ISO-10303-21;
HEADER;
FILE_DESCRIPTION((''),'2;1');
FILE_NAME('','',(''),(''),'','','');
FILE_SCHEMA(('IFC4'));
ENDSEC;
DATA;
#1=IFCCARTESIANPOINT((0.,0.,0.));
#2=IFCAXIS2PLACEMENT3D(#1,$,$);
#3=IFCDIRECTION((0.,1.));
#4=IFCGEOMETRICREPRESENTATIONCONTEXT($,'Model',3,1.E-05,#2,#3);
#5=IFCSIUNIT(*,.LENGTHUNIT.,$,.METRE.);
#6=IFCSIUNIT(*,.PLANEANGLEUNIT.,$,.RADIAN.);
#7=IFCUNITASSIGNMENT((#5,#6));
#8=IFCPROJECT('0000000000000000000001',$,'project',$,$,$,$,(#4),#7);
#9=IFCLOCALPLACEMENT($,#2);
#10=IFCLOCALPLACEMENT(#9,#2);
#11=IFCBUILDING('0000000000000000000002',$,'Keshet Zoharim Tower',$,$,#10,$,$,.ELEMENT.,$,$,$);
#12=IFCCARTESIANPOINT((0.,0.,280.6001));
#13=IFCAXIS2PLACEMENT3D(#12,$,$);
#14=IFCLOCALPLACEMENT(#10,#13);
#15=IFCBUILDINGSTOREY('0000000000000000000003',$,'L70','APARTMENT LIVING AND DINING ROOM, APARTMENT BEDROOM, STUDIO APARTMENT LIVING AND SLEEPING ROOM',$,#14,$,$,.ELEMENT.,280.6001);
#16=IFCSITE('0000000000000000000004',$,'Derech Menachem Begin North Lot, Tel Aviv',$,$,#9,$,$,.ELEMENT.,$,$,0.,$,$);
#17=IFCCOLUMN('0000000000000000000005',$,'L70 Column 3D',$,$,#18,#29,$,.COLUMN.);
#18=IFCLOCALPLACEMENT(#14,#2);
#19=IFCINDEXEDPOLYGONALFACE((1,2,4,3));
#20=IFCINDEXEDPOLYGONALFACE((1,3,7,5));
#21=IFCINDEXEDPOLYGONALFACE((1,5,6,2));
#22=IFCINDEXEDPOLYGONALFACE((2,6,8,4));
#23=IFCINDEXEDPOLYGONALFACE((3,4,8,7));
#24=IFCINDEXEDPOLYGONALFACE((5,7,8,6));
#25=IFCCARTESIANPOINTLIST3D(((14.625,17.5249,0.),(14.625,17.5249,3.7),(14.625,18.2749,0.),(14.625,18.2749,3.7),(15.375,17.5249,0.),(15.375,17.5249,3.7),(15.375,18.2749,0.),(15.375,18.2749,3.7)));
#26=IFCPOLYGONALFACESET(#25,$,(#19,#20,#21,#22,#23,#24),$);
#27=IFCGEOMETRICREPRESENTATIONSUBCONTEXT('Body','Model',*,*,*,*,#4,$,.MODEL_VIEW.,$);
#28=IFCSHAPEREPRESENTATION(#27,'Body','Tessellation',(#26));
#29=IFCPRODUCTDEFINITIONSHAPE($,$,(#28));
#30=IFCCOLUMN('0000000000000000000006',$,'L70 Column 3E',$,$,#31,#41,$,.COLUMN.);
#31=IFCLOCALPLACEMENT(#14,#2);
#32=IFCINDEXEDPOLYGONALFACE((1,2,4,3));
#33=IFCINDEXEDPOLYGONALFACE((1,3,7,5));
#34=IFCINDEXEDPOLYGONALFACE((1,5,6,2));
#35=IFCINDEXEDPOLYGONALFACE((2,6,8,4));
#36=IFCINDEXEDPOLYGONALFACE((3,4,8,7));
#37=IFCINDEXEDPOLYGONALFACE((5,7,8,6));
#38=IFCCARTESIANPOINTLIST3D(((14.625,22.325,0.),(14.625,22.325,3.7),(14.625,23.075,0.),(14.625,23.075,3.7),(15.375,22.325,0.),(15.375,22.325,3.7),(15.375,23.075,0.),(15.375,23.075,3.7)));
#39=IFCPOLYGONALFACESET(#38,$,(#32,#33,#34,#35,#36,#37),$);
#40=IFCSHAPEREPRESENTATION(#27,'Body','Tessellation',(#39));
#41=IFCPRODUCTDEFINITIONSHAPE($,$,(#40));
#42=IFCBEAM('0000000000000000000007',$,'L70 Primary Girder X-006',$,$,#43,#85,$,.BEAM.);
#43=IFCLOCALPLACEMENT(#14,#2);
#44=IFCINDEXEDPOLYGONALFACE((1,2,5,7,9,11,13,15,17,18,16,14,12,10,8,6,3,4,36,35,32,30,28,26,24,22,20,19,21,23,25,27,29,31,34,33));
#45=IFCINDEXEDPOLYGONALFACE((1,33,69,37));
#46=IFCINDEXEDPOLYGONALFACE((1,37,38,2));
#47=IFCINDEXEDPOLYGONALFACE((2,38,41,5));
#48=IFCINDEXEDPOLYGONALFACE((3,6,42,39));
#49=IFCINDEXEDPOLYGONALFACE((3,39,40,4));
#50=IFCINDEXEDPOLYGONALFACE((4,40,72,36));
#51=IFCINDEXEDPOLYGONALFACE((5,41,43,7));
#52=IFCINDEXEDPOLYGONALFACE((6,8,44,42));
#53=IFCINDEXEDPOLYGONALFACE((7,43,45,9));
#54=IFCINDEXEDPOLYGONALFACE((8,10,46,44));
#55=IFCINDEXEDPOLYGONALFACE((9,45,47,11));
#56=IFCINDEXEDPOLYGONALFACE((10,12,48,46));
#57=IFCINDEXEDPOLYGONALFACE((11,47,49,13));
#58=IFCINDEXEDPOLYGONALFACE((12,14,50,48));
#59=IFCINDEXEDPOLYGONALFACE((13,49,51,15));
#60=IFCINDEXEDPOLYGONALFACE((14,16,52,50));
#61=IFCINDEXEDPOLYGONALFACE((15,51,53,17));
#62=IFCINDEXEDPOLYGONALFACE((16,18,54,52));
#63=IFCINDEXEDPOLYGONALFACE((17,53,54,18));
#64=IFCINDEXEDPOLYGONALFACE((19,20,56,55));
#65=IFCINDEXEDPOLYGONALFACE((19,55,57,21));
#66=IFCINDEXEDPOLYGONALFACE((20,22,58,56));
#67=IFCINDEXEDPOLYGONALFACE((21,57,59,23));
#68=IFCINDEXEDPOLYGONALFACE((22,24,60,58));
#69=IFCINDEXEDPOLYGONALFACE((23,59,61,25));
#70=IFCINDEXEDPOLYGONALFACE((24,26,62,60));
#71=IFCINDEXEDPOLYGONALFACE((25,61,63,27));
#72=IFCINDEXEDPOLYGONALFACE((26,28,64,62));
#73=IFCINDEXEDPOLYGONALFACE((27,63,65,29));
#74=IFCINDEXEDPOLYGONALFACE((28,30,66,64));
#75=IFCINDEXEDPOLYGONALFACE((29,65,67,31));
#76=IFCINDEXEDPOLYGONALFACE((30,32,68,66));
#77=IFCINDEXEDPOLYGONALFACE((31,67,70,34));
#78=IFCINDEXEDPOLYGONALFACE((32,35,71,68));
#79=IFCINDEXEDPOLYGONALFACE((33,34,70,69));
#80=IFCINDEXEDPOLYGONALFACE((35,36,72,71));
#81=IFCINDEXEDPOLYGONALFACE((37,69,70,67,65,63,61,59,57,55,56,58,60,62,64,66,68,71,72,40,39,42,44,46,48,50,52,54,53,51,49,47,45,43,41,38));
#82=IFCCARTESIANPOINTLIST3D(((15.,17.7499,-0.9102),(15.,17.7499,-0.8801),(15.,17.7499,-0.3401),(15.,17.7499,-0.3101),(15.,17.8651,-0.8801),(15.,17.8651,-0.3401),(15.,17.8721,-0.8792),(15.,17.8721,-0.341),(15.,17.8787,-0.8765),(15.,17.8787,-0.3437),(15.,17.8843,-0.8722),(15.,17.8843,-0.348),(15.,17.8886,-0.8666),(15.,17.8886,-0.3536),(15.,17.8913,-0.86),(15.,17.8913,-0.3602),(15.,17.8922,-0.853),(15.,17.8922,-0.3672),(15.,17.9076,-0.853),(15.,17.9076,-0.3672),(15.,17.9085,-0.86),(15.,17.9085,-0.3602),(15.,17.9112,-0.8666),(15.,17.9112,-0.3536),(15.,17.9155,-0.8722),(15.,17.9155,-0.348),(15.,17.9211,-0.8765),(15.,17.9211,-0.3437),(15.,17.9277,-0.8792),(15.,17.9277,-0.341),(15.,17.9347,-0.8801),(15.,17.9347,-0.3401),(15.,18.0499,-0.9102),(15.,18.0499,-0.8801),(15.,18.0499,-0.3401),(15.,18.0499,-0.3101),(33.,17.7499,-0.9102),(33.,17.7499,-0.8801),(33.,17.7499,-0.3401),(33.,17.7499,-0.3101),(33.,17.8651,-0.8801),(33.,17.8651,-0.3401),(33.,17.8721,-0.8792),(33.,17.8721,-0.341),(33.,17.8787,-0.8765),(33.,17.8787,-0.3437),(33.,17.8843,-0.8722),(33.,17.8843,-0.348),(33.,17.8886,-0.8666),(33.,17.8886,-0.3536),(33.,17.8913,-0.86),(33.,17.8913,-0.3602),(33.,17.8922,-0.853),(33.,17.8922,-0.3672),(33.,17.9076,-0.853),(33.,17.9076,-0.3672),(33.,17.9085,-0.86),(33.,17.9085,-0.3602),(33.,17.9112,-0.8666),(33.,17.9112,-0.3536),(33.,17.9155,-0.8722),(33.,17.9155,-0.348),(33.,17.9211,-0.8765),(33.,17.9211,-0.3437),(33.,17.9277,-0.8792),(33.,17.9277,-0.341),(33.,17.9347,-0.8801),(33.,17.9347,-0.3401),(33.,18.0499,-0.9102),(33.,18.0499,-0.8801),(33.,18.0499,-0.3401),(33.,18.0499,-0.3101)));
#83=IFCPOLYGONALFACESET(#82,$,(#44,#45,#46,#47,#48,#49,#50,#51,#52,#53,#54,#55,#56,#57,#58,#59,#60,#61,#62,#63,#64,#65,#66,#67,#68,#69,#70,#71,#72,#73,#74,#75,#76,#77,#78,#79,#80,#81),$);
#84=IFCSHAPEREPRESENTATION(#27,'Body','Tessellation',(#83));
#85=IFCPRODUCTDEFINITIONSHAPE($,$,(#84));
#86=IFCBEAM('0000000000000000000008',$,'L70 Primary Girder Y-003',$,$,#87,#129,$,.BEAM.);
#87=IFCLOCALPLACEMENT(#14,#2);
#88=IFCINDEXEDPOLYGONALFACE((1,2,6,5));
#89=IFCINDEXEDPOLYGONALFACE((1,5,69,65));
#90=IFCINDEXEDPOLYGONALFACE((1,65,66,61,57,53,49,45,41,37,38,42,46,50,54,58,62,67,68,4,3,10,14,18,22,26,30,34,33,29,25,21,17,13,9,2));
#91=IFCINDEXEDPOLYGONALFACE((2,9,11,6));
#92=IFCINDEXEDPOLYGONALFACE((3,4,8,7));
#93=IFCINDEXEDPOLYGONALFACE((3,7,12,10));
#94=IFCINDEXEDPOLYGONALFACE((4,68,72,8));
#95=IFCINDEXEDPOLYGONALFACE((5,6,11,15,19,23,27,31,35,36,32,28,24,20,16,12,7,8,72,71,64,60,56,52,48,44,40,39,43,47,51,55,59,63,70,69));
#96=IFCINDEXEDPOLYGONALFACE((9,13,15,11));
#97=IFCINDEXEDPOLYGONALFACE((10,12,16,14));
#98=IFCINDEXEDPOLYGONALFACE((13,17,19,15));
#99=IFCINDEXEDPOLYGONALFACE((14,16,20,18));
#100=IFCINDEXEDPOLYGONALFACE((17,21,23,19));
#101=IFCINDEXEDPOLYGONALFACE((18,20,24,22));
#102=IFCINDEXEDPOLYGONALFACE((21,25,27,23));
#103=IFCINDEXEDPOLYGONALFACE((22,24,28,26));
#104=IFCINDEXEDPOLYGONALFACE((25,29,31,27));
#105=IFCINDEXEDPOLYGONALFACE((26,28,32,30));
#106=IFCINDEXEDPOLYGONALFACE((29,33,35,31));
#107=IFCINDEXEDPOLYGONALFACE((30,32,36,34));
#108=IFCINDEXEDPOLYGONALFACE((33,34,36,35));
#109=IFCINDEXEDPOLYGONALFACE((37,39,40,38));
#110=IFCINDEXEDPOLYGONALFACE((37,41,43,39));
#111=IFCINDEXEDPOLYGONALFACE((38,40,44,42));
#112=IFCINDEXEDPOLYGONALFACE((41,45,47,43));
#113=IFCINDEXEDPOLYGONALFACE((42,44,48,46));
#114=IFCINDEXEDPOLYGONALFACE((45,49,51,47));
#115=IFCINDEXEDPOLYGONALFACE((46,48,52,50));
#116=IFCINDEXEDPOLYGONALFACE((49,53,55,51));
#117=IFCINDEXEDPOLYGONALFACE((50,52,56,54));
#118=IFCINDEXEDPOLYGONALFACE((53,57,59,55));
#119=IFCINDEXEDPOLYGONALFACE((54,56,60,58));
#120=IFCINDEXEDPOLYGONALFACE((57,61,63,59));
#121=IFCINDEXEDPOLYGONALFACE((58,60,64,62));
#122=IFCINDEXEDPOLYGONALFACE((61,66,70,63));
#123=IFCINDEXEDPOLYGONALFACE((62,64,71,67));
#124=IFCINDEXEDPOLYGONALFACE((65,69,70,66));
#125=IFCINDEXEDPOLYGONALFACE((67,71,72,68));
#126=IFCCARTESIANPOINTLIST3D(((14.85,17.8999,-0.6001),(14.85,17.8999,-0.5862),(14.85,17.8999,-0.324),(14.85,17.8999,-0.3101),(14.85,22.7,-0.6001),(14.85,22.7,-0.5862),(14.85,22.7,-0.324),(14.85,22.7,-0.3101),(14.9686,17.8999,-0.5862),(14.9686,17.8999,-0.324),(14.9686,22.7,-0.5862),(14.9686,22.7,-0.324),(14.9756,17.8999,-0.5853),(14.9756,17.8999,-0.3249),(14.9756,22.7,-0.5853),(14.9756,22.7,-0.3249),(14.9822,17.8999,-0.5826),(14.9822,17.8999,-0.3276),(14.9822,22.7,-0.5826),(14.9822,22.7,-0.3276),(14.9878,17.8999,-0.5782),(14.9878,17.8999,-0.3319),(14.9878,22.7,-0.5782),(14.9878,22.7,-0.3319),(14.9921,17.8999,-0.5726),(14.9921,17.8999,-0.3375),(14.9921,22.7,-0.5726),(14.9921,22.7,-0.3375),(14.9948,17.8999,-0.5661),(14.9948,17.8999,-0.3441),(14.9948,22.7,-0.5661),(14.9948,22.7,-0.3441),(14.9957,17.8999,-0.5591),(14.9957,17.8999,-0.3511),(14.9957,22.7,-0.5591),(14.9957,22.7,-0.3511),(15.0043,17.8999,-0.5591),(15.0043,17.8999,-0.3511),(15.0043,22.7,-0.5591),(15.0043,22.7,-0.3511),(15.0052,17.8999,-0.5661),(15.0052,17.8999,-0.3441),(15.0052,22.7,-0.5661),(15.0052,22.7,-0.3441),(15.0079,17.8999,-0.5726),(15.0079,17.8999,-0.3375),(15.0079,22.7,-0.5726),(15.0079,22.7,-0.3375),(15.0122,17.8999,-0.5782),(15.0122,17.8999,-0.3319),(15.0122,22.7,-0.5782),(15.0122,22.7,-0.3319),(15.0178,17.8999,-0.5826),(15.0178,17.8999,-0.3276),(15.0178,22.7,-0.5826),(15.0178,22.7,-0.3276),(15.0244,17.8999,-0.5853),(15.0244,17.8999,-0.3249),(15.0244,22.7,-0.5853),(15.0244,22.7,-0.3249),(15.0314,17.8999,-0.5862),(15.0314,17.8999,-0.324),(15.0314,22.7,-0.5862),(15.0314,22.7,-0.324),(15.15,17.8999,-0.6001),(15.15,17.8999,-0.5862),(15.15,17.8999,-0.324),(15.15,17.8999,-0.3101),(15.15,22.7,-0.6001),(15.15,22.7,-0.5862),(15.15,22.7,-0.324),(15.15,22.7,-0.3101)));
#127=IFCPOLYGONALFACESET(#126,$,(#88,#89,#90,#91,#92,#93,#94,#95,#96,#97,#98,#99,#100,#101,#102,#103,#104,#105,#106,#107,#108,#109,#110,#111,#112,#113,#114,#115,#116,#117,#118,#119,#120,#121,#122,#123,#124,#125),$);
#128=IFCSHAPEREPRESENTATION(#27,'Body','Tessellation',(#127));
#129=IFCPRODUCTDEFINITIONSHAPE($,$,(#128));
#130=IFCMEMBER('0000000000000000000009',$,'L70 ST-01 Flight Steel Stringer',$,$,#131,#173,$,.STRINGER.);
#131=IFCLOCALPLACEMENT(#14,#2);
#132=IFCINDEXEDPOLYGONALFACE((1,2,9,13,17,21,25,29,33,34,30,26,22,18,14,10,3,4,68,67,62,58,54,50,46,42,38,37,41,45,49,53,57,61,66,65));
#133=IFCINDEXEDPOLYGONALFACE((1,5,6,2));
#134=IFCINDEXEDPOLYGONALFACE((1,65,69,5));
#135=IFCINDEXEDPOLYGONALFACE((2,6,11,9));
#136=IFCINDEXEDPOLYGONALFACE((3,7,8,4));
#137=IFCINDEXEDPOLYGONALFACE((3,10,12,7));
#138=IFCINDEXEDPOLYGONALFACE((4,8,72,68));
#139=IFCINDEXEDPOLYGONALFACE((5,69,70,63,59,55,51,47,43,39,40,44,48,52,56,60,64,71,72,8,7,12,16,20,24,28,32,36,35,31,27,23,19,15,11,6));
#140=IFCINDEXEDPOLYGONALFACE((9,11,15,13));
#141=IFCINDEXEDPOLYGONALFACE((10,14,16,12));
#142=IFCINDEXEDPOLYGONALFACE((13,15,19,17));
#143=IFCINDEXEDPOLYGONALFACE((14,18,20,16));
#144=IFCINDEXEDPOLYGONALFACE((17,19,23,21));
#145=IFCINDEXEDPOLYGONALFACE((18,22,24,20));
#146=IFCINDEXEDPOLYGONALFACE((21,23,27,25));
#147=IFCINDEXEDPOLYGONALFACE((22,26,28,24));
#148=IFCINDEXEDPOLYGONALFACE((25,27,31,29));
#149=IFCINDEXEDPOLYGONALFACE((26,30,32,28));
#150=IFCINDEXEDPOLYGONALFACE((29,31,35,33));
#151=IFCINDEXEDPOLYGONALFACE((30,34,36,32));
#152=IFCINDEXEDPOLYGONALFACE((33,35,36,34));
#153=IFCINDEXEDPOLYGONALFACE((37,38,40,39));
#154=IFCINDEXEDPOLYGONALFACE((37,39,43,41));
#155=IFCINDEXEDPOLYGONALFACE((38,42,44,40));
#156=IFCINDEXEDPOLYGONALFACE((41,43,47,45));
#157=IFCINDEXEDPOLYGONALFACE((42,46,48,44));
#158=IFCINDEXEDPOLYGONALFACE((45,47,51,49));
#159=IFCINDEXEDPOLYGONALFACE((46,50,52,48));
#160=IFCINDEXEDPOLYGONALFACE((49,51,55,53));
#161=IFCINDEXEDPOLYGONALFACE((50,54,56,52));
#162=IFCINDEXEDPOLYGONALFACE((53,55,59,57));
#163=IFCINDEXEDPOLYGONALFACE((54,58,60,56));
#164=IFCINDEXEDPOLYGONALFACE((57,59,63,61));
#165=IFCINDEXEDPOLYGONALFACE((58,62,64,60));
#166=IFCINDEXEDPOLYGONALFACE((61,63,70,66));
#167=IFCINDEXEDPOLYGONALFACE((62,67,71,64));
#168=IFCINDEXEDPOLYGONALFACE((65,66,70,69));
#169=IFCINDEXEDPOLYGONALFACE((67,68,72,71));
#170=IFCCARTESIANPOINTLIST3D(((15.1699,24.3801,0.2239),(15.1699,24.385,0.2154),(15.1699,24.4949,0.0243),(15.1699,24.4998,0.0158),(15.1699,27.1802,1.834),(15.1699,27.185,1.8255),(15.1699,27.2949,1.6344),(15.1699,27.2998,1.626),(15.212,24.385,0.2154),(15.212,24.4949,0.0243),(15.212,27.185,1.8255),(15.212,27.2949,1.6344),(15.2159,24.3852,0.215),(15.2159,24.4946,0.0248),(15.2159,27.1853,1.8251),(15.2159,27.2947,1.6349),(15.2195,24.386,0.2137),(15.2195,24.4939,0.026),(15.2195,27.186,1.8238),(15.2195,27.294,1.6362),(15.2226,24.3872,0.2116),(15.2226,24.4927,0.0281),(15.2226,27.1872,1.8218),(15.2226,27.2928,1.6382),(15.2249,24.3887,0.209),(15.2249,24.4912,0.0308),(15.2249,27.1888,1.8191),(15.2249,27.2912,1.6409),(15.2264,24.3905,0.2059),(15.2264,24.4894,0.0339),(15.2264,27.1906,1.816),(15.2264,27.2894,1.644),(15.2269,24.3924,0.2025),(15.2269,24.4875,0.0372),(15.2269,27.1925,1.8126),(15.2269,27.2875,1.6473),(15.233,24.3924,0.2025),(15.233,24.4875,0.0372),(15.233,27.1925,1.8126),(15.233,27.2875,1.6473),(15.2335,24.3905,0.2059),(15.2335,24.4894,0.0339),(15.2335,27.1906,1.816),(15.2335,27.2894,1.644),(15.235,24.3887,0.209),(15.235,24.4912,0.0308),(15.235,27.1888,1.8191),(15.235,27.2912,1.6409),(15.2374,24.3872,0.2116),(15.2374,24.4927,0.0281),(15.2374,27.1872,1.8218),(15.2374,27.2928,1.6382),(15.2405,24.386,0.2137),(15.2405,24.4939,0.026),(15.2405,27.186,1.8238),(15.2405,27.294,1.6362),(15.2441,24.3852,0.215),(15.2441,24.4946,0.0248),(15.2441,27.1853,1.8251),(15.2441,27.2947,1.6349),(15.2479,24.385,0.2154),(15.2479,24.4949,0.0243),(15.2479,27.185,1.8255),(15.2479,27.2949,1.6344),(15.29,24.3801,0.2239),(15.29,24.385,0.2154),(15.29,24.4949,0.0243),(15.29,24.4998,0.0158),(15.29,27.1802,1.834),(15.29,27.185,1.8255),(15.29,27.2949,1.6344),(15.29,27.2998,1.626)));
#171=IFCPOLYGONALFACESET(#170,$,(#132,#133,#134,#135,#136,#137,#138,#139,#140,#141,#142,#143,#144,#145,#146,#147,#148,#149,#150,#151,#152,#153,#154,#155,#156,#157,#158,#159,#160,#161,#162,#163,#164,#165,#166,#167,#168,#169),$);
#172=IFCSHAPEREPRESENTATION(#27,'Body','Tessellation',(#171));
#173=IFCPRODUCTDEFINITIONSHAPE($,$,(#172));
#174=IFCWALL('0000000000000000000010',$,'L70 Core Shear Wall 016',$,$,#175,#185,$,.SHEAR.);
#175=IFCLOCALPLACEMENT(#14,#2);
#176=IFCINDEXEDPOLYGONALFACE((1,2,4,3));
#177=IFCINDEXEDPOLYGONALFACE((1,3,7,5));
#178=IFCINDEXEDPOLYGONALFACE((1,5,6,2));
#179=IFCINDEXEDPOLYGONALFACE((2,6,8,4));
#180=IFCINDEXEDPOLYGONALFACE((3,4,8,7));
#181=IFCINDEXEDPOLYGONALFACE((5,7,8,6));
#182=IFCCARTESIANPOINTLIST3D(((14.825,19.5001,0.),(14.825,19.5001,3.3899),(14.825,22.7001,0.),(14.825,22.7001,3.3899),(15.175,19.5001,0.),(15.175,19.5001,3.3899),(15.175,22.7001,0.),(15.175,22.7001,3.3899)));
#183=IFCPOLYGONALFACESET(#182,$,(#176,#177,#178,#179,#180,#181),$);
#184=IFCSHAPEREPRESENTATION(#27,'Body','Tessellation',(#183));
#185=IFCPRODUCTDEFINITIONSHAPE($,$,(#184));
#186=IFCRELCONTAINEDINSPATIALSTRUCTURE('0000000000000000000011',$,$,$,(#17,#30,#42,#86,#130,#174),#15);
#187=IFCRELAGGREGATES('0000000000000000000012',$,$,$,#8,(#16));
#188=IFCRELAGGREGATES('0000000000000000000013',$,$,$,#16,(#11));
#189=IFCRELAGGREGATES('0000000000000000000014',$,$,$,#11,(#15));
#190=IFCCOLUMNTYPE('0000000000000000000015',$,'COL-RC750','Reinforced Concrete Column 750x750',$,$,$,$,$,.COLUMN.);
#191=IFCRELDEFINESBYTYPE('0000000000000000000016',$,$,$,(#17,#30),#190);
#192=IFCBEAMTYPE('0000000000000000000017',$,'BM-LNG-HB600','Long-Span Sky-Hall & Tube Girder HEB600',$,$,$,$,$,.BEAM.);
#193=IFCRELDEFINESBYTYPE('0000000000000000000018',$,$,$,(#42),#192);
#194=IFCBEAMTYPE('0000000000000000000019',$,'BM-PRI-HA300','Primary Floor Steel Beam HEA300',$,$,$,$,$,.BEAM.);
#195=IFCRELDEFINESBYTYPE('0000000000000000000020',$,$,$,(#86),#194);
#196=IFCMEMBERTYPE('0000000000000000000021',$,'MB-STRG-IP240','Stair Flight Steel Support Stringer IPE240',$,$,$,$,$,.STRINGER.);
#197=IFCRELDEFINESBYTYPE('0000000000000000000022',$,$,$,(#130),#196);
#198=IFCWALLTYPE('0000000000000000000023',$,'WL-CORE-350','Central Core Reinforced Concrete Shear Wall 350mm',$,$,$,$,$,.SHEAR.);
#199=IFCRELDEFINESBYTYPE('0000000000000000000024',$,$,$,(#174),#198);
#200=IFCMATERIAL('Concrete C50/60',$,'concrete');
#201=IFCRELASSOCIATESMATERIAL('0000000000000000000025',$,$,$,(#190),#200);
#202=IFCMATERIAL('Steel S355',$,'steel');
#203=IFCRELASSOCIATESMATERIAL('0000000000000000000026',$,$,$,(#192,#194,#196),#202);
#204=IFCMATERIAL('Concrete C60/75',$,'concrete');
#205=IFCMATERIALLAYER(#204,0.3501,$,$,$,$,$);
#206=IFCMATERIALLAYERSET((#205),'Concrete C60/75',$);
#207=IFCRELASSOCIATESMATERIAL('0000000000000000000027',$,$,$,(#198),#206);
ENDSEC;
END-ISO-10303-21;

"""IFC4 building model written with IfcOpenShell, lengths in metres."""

from ifc_helpers import new_model, si_unit, direction, frame, frame_2d, origin, origin_2d, place, context, subcontext, project, spatial, rectangle, i_section, extrude, material, layer, layer_set, material_profile, profile_set, type_object, element, save


model = new_model("IFC4")

# Units and contexts
model_context = context("Model", 3, precision=1e-05, world=origin(), true_north=direction((0.0, 1.0)))
body_context = subcontext(model_context, "Body", "Model", "MODEL_VIEW")
ifc_project = project(units=[si_unit("LENGTHUNIT", "METRE"), si_unit("PLANEANGLEUNIT", "RADIAN")], contexts=[model_context])

# Site, building, storey
site_placement = place(None, origin())
site = spatial("IfcSite", under=ifc_project, at=site_placement, Name="Derech Menachem Begin North Lot, Tel Aviv", CompositionType="ELEMENT", RefElevation=0.0)
building_placement = place(site_placement, origin())
building = spatial("IfcBuilding", under=site, at=building_placement, Name="Keshet Zoharim Tower", CompositionType="ELEMENT")
storey_placement = place(building_placement, frame((0.0, 0.0, 280.6001)))
storey = spatial("IfcBuildingStorey", under=building, at=storey_placement, Name="L70", Description="APARTMENT LIVING AND DINING ROOM, APARTMENT BEDROOM, STUDIO APARTMENT LIVING AND SLEEPING ROOM", CompositionType="ELEMENT", Elevation=280.6001)

# Columns
ifc_material_1 = material(Name="Concrete C50/60", Category="concrete")
ifc_material_profile_1 = material_profile(ifc_material_1, rectangle(XDim=0.75, YDim=0.75, at=origin_2d()), Name="RC750x750")
ifc_profile_set_1 = profile_set([ifc_material_profile_1], Name="Concrete C50/60")
column_type = type_object("IfcColumnType", Name="COL-RC750", Description="Reinforced Concrete Column 750x750", PredefinedType="COLUMN", material=ifc_profile_set_1)
for number, where, z_axis, x_axis, name in (
    (1, (15.0, 17.8999, 0.0), (0.0, 0.0, 1.0), (1.0, 0.0, 0.0), "L70 Column 3D"),
    (2, (15.0, 22.7, 0.0), (0.0, 0.0, 1.0), (1.0, 0.0, 0.0), "L70 Column 3E"),
):
    element("IfcColumn", number, at=place(storey_placement, frame(where, z_axis=z_axis, x_axis=x_axis)), inside=storey, type_object=column_type, Name=name, PredefinedType="COLUMN", context=body_context, shape_type="SweptSolid", body=[
        extrude(rectangle(XDim=0.75, YDim=0.75, at=origin_2d()), origin(), (0.0, 0.0, 1.0), 3.7),
    ])

# Beams
ifc_material_2 = material(Name="Steel S355", Category="steel")
ifc_material_profile_2 = material_profile(ifc_material_2, i_section(OverallWidth=0.3, OverallDepth=0.6001, WebThickness=0.0154, FlangeThickness=0.03, FilletRadius=0.0271, at=origin_2d()), Name="HEB600")
ifc_profile_set_2 = profile_set([ifc_material_profile_2], Name="Steel S355")
beam_type_1 = type_object("IfcBeamType", Name="BM-LNG-HB600", Description="Long-Span Sky-Hall & Tube Girder HEB600", PredefinedType="BEAM", material=ifc_profile_set_2)
beam_1_placement = place(storey_placement, frame((15.0, 17.8999, -0.6101), z_axis=(1.0, 0.0, 0.0), x_axis=(0.0, 1.0, 0.0)))
element("IfcBeam", 3, at=beam_1_placement, inside=storey, type_object=beam_type_1, Name="L70 Primary Girder X-006", PredefinedType="BEAM", context=body_context, shape_type="SweptSolid", body=[
    extrude(i_section(OverallWidth=0.3, OverallDepth=0.6001, WebThickness=0.0154, FlangeThickness=0.03, FilletRadius=0.0271, at=origin_2d()), origin(), (0.0, 0.0, 1.0), 18.0),
])
ifc_material_profile_3 = material_profile(ifc_material_2, i_section(OverallWidth=0.3, OverallDepth=0.29, WebThickness=0.0085, FlangeThickness=0.0139, FilletRadius=0.0271, at=origin_2d()), Name="HEA300")
ifc_profile_set_3 = profile_set([ifc_material_profile_3], Name="Steel S355")
beam_type_2 = type_object("IfcBeamType", Name="BM-PRI-HA300", Description="Primary Floor Steel Beam HEA300", PredefinedType="BEAM", material=ifc_profile_set_3)
beam_2_placement = place(storey_placement, frame((15.0, 17.8999, -0.4551), z_axis=(0.0, 1.0, 0.0), x_axis=(-1.0, 0.0, 0.0)))
element("IfcBeam", 4, at=beam_2_placement, inside=storey, type_object=beam_type_2, Name="L70 Primary Girder Y-003", PredefinedType="BEAM", context=body_context, shape_type="SweptSolid", body=[
    extrude(i_section(OverallWidth=0.3, OverallDepth=0.29, WebThickness=0.0085, FlangeThickness=0.0139, FilletRadius=0.0271, at=origin_2d()), origin(), (0.0, 0.0, 1.0), 4.8),
])

# Member
ifc_material_profile_4 = material_profile(ifc_material_2, i_section(OverallWidth=0.1201, OverallDepth=0.24, WebThickness=0.0061, FlangeThickness=0.0098, FilletRadius=0.0149, at=origin_2d()), Name="IPE240")
ifc_profile_set_4 = profile_set([ifc_material_profile_4], Name="Steel S355")
member_type = type_object("IfcMemberType", Name="MB-STRG-IP240", Description="Stair Flight Steel Support Stringer IPE240", PredefinedType="STRINGER", material=ifc_profile_set_4)
member_placement = place(storey_placement, frame((15.23, 24.4399, 0.1199), z_axis=(0.0, 0.866896, 0.49849), x_axis=(-1.0, 0.0, 0.0)))
element("IfcMember", 5, at=member_placement, inside=storey, type_object=member_type, Name="L70 ST-01 Flight Steel Stringer", PredefinedType="STRINGER", context=body_context, shape_type="SweptSolid", body=[
    extrude(i_section(OverallWidth=0.1201, OverallDepth=0.24, WebThickness=0.0061, FlangeThickness=0.0098, FilletRadius=0.0149, at=origin_2d()), origin(), (0.0, 0.0, 1.0), 3.23),
])

# Wall
ifc_material_3 = material(Name="Concrete C60/75", Category="concrete")
ifc_layer_1 = layer(ifc_material_3, 0.3501)
ifc_layer_set_1 = layer_set([ifc_layer_1], Name="Concrete C60/75")
wall_type_1 = type_object("IfcWallType", Name="WL-CORE-350", Description="Central Core Reinforced Concrete Shear Wall 350mm", PredefinedType="SHEAR", material=ifc_layer_set_1)
wall_1_placement = place(storey_placement, frame((15.0, 19.5, 0.0), z_axis=(0.0, 0.0, 1.0), x_axis=(0.0, 1.0, 0.0)))
element("IfcWall", 6, at=wall_1_placement, inside=storey, type_object=wall_type_1, Name="L70 Core Shear Wall 016", PredefinedType="SHEAR", context=body_context, shape_type="SweptSolid", body=[
    extrude(rectangle(XDim=3.2, YDim=0.3501, at=frame_2d((1.6001, 0.0))), origin(), (0.0, 0.0, 1.0), 3.3899),
])

save(model, "model.ifc")
